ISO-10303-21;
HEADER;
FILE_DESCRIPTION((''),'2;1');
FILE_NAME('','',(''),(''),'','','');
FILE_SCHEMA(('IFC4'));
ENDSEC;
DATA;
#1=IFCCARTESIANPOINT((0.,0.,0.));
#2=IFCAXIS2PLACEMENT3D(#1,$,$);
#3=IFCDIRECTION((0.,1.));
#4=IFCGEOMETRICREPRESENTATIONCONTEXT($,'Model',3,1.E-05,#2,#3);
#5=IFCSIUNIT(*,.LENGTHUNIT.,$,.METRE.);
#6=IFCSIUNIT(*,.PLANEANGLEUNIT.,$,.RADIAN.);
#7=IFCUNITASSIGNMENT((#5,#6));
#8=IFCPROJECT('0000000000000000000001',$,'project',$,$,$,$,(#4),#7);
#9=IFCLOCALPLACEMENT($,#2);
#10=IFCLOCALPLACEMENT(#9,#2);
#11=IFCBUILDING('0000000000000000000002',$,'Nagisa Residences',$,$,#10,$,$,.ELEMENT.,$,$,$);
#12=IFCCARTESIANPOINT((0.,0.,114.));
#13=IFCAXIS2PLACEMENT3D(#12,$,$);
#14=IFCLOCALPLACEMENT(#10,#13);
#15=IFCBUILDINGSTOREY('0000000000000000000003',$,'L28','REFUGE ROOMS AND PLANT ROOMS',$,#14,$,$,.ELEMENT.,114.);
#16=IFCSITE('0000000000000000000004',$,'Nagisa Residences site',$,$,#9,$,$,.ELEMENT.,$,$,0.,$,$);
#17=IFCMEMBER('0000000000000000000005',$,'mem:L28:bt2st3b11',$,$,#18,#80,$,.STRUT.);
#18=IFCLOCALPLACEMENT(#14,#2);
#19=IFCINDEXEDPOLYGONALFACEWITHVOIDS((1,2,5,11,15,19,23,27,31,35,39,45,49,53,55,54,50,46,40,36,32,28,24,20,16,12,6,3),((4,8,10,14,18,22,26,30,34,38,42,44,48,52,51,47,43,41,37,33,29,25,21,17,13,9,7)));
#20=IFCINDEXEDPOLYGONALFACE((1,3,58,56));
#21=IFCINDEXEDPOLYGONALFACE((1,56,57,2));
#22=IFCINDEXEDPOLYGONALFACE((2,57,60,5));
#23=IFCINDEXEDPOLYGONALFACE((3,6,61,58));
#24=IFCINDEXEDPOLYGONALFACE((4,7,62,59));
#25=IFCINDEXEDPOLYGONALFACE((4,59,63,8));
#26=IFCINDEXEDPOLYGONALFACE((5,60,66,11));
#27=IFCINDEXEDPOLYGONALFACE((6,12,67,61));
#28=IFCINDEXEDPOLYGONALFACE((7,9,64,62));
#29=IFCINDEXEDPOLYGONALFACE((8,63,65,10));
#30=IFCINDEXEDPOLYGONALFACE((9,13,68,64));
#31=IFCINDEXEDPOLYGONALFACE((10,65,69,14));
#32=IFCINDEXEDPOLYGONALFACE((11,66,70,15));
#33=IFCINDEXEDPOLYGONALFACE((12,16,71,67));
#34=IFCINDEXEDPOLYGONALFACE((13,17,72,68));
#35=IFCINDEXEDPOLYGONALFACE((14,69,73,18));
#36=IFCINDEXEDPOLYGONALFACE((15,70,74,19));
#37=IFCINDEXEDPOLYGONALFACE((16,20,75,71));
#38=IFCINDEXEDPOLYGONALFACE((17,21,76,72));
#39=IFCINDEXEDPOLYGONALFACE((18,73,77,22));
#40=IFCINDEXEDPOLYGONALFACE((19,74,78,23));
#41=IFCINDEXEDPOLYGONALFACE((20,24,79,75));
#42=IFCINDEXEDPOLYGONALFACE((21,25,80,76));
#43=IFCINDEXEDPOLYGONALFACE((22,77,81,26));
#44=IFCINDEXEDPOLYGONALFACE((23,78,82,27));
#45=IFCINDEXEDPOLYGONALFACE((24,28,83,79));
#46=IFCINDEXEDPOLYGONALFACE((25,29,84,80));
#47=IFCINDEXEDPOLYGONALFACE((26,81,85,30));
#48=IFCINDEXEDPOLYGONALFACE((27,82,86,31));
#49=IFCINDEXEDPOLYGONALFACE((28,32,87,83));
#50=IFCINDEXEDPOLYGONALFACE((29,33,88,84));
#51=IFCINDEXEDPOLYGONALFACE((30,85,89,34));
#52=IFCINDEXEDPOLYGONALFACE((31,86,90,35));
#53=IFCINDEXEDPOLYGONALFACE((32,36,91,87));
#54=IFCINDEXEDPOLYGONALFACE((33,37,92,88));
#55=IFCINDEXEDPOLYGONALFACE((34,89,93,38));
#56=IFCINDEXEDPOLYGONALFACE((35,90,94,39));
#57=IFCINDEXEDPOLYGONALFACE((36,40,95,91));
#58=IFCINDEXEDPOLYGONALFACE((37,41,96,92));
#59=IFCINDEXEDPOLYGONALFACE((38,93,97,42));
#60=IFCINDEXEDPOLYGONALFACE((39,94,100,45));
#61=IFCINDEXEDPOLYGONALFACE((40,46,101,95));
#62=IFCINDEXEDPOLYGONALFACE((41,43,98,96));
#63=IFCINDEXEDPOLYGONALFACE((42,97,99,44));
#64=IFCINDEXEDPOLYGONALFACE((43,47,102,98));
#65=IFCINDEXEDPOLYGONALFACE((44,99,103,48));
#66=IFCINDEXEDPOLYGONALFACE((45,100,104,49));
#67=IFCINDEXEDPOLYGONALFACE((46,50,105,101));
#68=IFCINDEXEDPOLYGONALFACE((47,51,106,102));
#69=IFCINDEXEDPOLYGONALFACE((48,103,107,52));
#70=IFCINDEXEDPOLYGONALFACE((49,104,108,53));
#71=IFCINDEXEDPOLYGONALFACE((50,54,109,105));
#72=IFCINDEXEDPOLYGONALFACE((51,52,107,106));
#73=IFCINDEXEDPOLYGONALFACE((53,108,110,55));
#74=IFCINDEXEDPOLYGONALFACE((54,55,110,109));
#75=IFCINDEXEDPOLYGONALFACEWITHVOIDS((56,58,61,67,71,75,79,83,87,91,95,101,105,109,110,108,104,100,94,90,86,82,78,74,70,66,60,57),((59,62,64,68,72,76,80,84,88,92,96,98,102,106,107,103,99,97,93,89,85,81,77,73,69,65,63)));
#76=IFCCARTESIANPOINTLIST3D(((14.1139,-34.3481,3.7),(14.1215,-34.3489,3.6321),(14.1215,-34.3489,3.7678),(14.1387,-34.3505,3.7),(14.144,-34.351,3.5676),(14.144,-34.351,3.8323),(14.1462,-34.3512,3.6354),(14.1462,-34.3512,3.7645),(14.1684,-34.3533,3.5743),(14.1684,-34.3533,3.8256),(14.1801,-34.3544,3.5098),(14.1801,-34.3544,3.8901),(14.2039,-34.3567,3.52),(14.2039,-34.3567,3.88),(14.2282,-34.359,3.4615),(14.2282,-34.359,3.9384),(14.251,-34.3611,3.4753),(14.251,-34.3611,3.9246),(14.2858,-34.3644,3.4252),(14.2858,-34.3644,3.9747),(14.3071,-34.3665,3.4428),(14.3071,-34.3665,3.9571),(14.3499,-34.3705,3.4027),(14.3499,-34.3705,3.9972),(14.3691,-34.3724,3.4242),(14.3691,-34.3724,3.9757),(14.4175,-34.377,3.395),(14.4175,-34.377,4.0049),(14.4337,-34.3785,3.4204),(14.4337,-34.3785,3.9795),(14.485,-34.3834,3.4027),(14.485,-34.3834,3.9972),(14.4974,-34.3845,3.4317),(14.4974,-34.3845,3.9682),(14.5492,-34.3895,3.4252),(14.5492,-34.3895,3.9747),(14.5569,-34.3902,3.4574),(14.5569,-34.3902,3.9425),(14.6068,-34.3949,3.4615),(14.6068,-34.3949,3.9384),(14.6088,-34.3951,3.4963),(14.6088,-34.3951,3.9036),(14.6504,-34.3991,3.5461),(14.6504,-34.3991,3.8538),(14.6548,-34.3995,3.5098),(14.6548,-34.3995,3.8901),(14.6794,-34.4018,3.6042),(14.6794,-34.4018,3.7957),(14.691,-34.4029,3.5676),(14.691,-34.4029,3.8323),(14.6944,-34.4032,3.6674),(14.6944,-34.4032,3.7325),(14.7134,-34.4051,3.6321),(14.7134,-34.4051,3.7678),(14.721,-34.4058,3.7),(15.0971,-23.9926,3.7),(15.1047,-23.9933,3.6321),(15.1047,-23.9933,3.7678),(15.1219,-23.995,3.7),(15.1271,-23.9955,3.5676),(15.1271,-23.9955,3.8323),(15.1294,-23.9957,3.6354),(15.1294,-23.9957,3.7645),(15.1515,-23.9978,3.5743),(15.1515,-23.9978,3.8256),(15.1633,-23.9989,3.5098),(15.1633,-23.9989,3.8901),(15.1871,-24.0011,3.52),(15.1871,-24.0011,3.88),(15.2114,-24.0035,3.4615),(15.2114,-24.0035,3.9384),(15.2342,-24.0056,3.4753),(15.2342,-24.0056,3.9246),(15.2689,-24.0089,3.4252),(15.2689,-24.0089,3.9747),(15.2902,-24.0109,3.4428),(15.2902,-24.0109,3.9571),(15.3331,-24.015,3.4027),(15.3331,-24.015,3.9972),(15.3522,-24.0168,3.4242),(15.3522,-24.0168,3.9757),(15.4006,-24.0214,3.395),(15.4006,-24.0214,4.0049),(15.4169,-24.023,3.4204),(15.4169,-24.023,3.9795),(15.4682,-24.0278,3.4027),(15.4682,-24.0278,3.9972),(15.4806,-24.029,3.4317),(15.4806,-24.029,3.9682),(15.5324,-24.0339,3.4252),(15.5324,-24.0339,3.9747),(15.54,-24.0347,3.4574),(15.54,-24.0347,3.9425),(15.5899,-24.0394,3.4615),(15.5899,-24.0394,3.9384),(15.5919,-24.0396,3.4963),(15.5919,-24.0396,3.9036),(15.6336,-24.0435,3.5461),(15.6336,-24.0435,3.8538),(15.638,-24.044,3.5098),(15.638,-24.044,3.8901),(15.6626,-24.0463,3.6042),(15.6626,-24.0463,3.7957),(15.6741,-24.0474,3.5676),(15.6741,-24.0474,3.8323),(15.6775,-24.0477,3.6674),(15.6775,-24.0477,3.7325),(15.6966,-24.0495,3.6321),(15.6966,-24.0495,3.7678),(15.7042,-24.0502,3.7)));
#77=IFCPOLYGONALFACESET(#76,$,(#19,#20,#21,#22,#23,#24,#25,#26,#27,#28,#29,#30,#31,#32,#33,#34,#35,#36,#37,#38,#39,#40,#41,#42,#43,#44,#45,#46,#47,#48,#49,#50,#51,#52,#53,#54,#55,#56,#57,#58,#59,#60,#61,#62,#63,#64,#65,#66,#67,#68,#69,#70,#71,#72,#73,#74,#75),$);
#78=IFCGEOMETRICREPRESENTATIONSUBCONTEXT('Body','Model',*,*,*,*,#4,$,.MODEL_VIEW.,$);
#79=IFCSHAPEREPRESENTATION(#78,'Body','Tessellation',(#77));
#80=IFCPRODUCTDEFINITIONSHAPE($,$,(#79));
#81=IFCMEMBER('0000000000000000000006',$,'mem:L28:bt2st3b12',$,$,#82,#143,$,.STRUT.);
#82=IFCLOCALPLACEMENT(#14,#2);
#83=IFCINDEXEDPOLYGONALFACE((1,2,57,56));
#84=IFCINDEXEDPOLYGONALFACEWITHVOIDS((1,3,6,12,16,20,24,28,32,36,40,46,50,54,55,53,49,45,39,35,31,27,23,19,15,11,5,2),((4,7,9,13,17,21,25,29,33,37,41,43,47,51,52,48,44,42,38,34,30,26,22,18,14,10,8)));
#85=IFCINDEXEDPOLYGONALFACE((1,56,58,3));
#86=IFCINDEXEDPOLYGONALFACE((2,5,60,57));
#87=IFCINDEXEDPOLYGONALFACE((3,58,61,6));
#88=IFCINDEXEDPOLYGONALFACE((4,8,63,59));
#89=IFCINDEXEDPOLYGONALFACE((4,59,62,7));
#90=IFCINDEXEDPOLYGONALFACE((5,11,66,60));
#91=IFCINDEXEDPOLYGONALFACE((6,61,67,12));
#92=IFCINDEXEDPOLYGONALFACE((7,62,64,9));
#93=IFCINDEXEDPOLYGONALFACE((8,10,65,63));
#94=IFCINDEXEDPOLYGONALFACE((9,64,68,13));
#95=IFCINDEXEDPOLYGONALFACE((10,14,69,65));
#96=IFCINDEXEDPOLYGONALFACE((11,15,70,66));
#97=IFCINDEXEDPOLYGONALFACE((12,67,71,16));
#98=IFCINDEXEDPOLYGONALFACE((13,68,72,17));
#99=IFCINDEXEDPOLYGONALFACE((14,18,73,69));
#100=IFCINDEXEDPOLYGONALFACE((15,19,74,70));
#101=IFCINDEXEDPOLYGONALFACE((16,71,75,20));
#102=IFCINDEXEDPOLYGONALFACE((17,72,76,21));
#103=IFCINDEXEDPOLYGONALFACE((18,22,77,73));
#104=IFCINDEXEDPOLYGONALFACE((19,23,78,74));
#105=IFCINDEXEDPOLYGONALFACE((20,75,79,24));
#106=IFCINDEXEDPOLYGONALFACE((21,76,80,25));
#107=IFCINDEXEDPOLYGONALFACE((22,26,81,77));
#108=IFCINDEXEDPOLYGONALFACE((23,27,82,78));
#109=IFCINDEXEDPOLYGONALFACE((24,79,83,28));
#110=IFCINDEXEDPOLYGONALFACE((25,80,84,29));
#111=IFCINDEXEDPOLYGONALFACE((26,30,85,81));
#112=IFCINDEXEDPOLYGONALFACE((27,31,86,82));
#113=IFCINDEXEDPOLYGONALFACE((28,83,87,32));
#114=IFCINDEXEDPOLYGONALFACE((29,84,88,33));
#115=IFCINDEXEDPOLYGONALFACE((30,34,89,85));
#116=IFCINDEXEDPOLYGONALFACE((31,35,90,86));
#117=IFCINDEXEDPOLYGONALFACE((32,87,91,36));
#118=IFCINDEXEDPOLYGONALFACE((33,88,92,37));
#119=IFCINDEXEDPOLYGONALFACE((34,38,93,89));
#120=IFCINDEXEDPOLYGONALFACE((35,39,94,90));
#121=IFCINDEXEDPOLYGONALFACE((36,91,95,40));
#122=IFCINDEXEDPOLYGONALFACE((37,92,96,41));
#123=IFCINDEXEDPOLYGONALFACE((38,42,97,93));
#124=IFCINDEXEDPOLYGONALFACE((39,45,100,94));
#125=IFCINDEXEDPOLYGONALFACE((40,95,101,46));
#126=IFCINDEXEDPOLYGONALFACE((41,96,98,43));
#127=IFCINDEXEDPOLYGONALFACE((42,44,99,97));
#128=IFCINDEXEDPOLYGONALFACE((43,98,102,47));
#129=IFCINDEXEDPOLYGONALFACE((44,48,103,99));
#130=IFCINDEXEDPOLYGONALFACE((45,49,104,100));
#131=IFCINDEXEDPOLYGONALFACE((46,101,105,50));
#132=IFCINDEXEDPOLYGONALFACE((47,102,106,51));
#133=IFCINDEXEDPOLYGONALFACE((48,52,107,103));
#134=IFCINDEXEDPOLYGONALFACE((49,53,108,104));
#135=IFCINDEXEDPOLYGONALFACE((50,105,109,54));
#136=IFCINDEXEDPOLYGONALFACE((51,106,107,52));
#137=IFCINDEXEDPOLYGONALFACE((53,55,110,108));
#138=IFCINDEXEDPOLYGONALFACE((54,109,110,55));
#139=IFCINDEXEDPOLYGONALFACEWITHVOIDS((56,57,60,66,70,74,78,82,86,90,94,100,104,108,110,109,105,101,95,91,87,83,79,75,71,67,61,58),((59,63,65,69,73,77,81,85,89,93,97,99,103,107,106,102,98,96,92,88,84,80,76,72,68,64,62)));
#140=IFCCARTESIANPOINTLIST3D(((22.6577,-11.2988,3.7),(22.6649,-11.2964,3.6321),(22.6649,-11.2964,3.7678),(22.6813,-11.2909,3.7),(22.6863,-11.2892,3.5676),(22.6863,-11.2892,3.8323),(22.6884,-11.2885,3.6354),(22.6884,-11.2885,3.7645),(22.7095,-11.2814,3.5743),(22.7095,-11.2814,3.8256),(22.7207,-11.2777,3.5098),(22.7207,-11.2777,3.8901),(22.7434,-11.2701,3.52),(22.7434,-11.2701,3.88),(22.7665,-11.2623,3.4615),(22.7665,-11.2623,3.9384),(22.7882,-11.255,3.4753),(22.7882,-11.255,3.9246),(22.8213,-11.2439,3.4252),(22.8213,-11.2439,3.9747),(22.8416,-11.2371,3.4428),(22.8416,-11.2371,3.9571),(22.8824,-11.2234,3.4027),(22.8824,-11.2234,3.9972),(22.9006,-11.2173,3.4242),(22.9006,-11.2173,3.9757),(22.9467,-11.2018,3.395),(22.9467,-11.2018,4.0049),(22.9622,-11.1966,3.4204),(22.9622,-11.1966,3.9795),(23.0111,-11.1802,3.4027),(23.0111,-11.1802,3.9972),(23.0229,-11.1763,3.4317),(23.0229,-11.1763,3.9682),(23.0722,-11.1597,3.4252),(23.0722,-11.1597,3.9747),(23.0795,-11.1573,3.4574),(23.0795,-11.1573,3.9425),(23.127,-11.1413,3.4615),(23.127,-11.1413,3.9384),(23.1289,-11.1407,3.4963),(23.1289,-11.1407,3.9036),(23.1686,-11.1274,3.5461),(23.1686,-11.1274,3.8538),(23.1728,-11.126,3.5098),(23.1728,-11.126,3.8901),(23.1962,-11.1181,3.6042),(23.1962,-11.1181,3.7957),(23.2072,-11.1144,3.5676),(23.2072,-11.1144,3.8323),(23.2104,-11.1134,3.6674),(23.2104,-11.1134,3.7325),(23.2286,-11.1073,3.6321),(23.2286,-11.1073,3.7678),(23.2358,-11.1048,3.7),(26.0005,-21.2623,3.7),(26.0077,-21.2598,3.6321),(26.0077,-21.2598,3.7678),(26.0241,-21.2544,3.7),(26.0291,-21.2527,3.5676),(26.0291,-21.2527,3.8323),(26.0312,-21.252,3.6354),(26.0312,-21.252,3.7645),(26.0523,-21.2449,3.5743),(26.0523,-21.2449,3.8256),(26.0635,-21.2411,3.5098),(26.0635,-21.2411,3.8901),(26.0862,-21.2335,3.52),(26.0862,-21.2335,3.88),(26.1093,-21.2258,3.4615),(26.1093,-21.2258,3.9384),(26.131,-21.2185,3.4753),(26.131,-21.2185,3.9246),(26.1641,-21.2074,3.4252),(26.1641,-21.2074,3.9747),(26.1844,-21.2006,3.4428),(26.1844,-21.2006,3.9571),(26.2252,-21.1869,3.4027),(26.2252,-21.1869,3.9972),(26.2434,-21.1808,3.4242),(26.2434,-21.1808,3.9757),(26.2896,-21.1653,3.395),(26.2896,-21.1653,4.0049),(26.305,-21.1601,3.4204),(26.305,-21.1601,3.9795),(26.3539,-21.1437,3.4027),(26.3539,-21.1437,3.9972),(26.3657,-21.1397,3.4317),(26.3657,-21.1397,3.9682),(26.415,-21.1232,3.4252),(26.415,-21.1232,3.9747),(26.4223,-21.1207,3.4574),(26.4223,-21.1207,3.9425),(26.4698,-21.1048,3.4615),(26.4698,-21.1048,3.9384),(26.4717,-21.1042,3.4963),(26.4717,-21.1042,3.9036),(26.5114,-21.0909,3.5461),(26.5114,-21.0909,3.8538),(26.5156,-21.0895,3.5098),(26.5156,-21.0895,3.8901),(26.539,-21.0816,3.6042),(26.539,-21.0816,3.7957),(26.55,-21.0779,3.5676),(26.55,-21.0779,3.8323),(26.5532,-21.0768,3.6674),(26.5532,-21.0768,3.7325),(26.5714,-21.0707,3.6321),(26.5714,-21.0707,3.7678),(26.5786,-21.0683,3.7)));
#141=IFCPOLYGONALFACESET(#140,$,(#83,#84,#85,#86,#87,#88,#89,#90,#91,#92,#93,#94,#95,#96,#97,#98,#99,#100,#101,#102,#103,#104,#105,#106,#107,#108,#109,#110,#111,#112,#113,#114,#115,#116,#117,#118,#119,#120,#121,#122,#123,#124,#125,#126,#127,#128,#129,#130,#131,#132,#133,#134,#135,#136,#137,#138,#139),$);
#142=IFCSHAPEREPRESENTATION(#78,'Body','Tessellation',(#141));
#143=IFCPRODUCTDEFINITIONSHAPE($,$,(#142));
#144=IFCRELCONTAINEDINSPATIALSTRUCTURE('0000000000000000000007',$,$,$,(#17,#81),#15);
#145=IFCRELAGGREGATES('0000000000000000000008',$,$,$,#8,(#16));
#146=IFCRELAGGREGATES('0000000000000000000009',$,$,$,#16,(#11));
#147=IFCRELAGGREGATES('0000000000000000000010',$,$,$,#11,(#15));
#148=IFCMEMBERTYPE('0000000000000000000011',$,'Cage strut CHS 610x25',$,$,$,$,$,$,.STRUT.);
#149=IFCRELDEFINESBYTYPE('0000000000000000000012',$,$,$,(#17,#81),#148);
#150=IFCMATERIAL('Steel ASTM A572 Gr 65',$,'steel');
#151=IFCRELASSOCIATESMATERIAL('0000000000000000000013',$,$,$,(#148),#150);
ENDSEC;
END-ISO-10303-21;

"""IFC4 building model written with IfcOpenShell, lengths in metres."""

from ifc_helpers import new_model, si_unit, direction, frame, origin, origin_2d, place, context, subcontext, project, spatial, hollow_circle, extrude, material, material_profile, profile_set, type_object, element, save


model = new_model("IFC4")

# Units and contexts
model_context = context("Model", 3, precision=1e-05, world=origin(), true_north=direction((0.0, 1.0)))
body_context = subcontext(model_context, "Body", "Model", "MODEL_VIEW")
ifc_project = project(units=[si_unit("LENGTHUNIT", "METRE"), si_unit("PLANEANGLEUNIT", "RADIAN")], contexts=[model_context])

# Site, building, storey
site_placement = place(None, origin())
site = spatial("IfcSite", under=ifc_project, at=site_placement, Name="Nagisa Residences site", CompositionType="ELEMENT", RefElevation=0.0)
building_placement = place(site_placement, origin())
building = spatial("IfcBuilding", under=site, at=building_placement, Name="Nagisa Residences", CompositionType="ELEMENT")
storey_placement = place(building_placement, frame((0.0, 0.0, 114.0)))
storey = spatial("IfcBuildingStorey", under=building, at=storey_placement, Name="L28", Description="REFUGE ROOMS AND PLANT ROOMS", CompositionType="ELEMENT", Elevation=114.0)

# Members
ifc_material_1 = material(Name="Steel ASTM A572 Gr 65", Category="steel")
ifc_material_profile_1 = material_profile(ifc_material_1, hollow_circle(Radius=0.3049, WallThickness=0.0249, at=origin_2d()), Name="CHS 610x25")
ifc_profile_set_1 = profile_set([ifc_material_profile_1], Name="Steel ASTM A572 Gr 65")
member_type_1 = type_object("IfcMemberType", Name="Cage strut CHS 610x25", PredefinedType="STRUT", material=ifc_profile_set_1)
member_1_placement = place(storey_placement, frame((14.4175, -34.377, 3.7), z_axis=(0.094516, 0.995523, 0.0), x_axis=(-0.995523, 0.094516, 0.0)))
element("IfcMember", 1, at=member_1_placement, inside=storey, type_object=member_type_1, Name="mem:L28:bt2st3b11", PredefinedType="STRUT", context=body_context, shape_type="SweptSolid", body=[
    extrude(hollow_circle(Radius=0.3049, WallThickness=0.0249, at=origin_2d()), origin(), (0.0, 0.0, 1.0), 10.4021),
])
member_2_placement = place(storey_placement, frame((26.2896, -21.1653, 3.7), z_axis=(-0.318081, 0.948064, 0.0), x_axis=(-0.948064, -0.318081, 0.0)))
element("IfcMember", 2, at=member_2_placement, inside=storey, type_object=member_type_1, Name="mem:L28:bt2st3b12", PredefinedType="STRUT", context=body_context, shape_type="SweptSolid", body=[
    extrude(hollow_circle(Radius=0.3049, WallThickness=0.0249, at=origin_2d()), origin(), (0.0, 0.0, 1.0), 10.5093),
])

save(model, "model.ifc")
